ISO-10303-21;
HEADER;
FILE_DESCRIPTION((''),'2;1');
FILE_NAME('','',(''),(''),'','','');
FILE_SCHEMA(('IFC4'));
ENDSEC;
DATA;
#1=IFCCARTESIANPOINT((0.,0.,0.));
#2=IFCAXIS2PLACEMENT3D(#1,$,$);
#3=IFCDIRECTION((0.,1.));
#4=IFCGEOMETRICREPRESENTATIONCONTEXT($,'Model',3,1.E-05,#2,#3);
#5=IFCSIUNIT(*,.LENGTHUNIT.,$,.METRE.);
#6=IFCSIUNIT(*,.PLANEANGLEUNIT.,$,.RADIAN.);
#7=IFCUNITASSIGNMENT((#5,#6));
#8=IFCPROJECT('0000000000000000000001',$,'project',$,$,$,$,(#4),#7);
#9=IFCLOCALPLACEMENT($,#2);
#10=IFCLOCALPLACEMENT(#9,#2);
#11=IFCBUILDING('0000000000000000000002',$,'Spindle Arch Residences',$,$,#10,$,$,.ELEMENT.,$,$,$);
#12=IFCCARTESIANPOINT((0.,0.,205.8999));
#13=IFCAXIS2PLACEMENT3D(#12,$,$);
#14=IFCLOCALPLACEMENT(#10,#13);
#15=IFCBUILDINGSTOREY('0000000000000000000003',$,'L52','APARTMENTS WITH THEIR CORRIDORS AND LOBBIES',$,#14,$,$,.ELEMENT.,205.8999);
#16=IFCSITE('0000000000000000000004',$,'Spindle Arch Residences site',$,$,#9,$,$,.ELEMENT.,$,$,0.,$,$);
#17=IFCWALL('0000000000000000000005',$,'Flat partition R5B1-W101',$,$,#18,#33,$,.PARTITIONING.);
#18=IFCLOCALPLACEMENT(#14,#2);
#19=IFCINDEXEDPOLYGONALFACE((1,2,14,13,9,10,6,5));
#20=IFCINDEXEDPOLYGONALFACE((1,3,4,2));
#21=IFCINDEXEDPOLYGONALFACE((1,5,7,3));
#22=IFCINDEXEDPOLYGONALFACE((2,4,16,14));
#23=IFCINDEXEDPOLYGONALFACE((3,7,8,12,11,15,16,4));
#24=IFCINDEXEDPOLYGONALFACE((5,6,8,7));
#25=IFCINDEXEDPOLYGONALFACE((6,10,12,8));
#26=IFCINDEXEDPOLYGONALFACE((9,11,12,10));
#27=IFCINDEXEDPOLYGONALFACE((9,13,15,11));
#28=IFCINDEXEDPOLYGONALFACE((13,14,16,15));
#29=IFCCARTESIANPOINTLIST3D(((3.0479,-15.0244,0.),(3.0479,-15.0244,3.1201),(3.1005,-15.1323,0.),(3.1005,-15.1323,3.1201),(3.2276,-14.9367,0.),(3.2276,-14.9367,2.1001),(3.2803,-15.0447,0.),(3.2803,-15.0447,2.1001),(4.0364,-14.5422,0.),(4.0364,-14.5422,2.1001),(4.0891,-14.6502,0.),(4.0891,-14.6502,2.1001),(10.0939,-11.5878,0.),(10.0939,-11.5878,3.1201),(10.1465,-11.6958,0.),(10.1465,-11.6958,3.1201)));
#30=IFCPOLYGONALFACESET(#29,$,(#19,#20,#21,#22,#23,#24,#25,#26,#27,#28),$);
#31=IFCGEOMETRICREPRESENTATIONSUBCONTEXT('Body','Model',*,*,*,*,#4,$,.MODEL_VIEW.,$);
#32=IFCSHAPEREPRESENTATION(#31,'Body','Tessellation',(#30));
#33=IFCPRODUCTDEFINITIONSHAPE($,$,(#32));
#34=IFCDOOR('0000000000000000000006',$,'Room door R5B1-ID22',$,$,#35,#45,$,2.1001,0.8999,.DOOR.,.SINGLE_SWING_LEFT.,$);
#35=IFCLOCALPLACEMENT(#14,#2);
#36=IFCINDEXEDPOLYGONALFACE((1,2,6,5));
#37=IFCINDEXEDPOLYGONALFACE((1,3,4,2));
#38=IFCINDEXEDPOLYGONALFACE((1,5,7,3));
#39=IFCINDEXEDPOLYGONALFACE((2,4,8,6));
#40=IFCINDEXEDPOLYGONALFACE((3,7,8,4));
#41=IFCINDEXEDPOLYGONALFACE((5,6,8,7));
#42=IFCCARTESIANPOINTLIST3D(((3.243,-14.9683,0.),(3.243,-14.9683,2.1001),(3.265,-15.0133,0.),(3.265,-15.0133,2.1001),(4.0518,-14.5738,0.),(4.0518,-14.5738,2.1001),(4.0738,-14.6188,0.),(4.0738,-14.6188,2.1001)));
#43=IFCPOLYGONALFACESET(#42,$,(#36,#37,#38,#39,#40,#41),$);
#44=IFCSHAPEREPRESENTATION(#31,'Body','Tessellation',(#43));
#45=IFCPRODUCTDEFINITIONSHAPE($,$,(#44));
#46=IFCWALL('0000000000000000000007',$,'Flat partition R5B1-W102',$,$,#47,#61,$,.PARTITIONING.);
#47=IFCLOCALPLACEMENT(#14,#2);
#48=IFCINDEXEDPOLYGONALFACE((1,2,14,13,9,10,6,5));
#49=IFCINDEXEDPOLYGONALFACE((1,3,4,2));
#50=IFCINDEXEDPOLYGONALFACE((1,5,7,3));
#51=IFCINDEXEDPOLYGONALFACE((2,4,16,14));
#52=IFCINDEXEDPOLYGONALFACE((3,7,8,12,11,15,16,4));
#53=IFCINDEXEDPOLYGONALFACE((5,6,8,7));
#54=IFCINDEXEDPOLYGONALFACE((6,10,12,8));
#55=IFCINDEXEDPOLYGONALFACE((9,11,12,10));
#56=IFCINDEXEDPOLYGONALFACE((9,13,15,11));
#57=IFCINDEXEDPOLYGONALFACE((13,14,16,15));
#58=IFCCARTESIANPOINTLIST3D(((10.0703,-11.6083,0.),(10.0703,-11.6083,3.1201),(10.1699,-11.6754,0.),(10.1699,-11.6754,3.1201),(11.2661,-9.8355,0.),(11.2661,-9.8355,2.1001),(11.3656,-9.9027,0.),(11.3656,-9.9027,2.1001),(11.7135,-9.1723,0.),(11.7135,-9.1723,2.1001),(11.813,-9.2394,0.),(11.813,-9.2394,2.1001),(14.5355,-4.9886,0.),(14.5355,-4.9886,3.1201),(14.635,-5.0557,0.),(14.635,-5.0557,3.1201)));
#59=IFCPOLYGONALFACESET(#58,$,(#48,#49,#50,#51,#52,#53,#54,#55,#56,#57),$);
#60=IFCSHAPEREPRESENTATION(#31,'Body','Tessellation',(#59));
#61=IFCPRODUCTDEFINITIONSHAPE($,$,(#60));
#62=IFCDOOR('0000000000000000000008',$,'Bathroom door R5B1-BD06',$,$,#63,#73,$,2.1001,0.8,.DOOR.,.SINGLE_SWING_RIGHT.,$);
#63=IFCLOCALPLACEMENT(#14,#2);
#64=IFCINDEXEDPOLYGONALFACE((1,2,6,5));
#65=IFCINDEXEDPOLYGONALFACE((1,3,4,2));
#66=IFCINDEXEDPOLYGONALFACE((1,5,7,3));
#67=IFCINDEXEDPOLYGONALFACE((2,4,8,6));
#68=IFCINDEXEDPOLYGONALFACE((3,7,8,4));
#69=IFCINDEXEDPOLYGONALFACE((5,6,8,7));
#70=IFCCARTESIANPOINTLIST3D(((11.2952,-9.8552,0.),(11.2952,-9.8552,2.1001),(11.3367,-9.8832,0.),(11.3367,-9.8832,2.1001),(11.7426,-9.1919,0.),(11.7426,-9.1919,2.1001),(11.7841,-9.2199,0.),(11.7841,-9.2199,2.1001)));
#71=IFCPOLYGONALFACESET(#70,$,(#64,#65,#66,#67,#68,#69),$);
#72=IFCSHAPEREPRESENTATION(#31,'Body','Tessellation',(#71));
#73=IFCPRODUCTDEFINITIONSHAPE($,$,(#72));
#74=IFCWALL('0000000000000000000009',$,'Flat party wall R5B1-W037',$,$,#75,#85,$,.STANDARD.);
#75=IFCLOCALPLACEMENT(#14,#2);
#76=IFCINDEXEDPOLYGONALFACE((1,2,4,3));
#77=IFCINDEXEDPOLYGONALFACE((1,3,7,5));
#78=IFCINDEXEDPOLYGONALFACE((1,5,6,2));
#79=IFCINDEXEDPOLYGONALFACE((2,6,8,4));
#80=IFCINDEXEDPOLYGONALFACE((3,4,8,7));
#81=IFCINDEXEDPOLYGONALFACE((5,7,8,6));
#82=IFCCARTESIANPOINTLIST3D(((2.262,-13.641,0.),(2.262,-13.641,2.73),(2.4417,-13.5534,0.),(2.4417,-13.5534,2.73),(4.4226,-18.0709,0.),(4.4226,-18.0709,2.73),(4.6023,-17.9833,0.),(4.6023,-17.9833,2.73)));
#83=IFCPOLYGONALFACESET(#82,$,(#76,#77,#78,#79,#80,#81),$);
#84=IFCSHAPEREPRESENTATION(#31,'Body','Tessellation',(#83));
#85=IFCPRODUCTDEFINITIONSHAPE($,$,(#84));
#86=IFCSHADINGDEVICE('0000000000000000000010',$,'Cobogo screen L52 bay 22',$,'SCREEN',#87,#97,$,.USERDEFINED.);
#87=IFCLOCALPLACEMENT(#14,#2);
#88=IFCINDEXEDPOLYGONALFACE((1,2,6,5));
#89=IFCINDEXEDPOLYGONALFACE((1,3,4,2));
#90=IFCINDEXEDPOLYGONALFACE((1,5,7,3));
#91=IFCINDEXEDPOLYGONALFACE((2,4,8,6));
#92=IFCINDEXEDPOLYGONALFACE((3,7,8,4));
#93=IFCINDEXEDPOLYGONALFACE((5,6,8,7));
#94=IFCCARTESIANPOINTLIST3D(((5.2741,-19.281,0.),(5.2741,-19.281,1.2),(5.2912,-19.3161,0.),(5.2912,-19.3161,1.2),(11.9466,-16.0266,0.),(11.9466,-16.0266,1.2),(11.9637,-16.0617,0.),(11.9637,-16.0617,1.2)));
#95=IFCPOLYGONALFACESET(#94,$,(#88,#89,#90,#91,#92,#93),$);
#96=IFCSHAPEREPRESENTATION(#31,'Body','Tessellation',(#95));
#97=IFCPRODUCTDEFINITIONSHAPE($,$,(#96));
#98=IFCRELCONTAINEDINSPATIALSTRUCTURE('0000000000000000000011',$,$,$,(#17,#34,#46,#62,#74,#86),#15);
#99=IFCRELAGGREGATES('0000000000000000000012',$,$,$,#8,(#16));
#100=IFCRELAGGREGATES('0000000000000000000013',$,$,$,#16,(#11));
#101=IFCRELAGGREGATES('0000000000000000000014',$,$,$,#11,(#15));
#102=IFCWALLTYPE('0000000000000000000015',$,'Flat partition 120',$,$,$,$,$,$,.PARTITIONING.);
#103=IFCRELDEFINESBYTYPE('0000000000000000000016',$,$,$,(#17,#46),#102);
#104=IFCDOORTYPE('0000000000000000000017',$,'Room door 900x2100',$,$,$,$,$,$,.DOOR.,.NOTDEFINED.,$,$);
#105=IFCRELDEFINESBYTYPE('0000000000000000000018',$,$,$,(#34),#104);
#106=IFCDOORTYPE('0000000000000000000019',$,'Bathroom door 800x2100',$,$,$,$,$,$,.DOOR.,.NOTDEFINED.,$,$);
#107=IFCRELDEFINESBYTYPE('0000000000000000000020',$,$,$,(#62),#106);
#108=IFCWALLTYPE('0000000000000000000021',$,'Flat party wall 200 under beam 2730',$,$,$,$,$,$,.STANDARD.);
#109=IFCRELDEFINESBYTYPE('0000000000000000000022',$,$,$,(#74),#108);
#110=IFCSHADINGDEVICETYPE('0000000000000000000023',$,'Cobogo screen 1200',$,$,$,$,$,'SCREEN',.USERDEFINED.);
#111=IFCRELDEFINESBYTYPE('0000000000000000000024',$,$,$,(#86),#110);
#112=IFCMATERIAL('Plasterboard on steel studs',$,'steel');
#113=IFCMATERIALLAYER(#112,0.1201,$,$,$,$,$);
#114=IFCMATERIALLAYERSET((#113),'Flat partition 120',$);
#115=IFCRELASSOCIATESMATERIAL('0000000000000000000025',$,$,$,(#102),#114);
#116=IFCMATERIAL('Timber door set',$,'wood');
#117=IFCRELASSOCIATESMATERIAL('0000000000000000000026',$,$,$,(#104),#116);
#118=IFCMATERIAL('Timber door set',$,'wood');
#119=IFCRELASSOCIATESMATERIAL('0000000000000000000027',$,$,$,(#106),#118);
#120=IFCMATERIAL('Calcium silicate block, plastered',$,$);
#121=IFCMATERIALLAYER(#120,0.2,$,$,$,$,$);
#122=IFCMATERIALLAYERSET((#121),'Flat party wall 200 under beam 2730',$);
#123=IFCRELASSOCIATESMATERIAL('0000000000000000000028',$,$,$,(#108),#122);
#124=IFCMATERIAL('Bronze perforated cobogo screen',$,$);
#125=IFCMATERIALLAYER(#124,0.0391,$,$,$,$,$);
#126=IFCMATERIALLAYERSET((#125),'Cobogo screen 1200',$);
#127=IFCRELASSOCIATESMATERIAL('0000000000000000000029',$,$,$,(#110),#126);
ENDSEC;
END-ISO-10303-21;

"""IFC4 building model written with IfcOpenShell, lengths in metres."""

from ifc_helpers import new_model, si_unit, direction, frame, frame_2d, origin, origin_2d, place, context, subcontext, project, spatial, rectangle, extrude, material, layer, layer_set, type_object, element, fill, save


model = new_model("IFC4")

# Units and contexts
model_context = context("Model", 3, precision=1e-05, world=origin(), true_north=direction((0.0, 1.0)))
body_context = subcontext(model_context, "Body", "Model", "MODEL_VIEW")
ifc_project = project(units=[si_unit("LENGTHUNIT", "METRE"), si_unit("PLANEANGLEUNIT", "RADIAN")], contexts=[model_context])

# Site, building, storey
site_placement = place(None, origin())
site = spatial("IfcSite", under=ifc_project, at=site_placement, Name="Spindle Arch Residences site", CompositionType="ELEMENT", RefElevation=0.0)
building_placement = place(site_placement, origin())
building = spatial("IfcBuilding", under=site, at=building_placement, Name="Spindle Arch Residences", CompositionType="ELEMENT")
storey_placement = place(building_placement, frame((0.0, 0.0, 205.8999)))
storey = spatial("IfcBuildingStorey", under=building, at=storey_placement, Name="L52", Description="APARTMENTS WITH THEIR CORRIDORS AND LOBBIES", CompositionType="ELEMENT", Elevation=205.8999)

# Shared definitions
ifc_material_1 = material(Name="Plasterboard on steel studs", Category="steel")
ifc_layer_1 = layer(ifc_material_1, 0.1201)
ifc_layer_set_1 = layer_set([ifc_layer_1], Name="Flat partition 120")
wall_type_1 = type_object("IfcWallType", Name="Flat partition 120", PredefinedType="PARTITIONING", material=ifc_layer_set_1)

# Walls, openings, doors
wall_1_placement = place(storey_placement, frame((3.0742, -15.0784, 0.0), z_axis=(0.0, 0.0, 1.0), x_axis=(0.898794, 0.438372, 0.0)))
wall_1 = element("IfcWall", 1, at=wall_1_placement, inside=storey, type_object=wall_type_1, Name="Flat partition R5B1-W101", PredefinedType="PARTITIONING", context=body_context, shape_type="SweptSolid", body=[
    extrude(rectangle(XDim=7.8394, YDim=0.1201, at=frame_2d((3.9197, 0.0))), origin(), (0.0, 0.0, 1.0), 3.1201),
])
opening_1_placement = place(wall_1_placement, frame((0.2, 0.0, 0.0)))
opening_1 = element("IfcOpeningElement", 2, at=opening_1_placement, cuts=wall_1, PredefinedType="OPENING", context=body_context, shape_type="SweptSolid", body=[
    extrude(rectangle(XDim=0.8999, YDim=2.1001, at=frame_2d((0.45, 1.05))), frame((0.0, 0.0701, 0.0), z_axis=(0.0, -1.0, 0.0), x_axis=(1.0, 0.0, 0.0)), (0.0, 0.0, 1.0), 0.1401),
])
ifc_material_2 = material(Name="Timber door set", Category="wood")
door_type_1 = type_object("IfcDoorType", Name="Room door 900x2100", OperationType="NOTDEFINED", PredefinedType="DOOR", material=ifc_material_2)
door_1_placement = place(opening_1_placement, origin())
door_1 = element("IfcDoor", 3, at=door_1_placement, inside=storey, type_object=door_type_1, Name="Room door R5B1-ID22", OperationType="SINGLE_SWING_LEFT", OverallHeight=2.1001, OverallWidth=0.8999, PredefinedType="DOOR", context=body_context, shape_type="SweptSolid", body=[
    extrude(rectangle(XDim=0.8999, YDim=2.1001, at=frame_2d((0.45, 1.05))), frame((0.0, 0.0249, 0.0), z_axis=(0.0, -1.0, 0.0), x_axis=(1.0, 0.0, 0.0)), (0.0, 0.0, 1.0), 0.05),
])
fill(opening_1, door_1)
wall_2_placement = place(storey_placement, frame((10.1201, -11.6418, 0.0), z_axis=(0.0, 0.0, 1.0), x_axis=(0.559201, 0.829032, 0.0)))
wall_2 = element("IfcWall", 4, at=wall_2_placement, inside=storey, type_object=wall_type_1, Name="Flat partition R5B1-W102", PredefinedType="PARTITIONING", context=body_context, shape_type="SweptSolid", body=[
    extrude(rectangle(XDim=7.9849, YDim=0.1201, at=frame_2d((3.9924, 0.0))), origin(), (0.0, 0.0, 1.0), 3.1201),
])
opening_2_placement = place(wall_2_placement, frame((2.1384, 0.0, 0.0)))
opening_2 = element("IfcOpeningElement", 5, at=opening_2_placement, cuts=wall_2, PredefinedType="OPENING", context=body_context, shape_type="SweptSolid", body=[
    extrude(rectangle(XDim=0.8, YDim=2.1001, at=frame_2d((0.3999, 1.05))), frame((0.0, 0.0701, 0.0), z_axis=(0.0, -1.0, 0.0), x_axis=(1.0, 0.0, 0.0)), (0.0, 0.0, 1.0), 0.1401),
])
ifc_material_3 = material(Name="Timber door set", Category="wood")
door_type_2 = type_object("IfcDoorType", Name="Bathroom door 800x2100", OperationType="NOTDEFINED", PredefinedType="DOOR", material=ifc_material_3)
door_2_placement = place(opening_2_placement, origin())
door_2 = element("IfcDoor", 6, at=door_2_placement, inside=storey, type_object=door_type_2, Name="Bathroom door R5B1-BD06", OperationType="SINGLE_SWING_RIGHT", OverallHeight=2.1001, OverallWidth=0.8, PredefinedType="DOOR", context=body_context, shape_type="SweptSolid", body=[
    extrude(rectangle(XDim=0.8, YDim=2.1001, at=frame_2d((0.3999, 1.05))), frame((0.0, 0.0249, 0.0), z_axis=(0.0, -1.0, 0.0), x_axis=(1.0, 0.0, 0.0)), (0.0, 0.0, 1.0), 0.05),
])
fill(opening_2, door_2)

# Wall
ifc_material_4 = material(Name="Calcium silicate block, plastered")
ifc_layer_2 = layer(ifc_material_4, 0.2)
ifc_layer_set_2 = layer_set([ifc_layer_2], Name="Flat party wall 200 under beam 2730")
wall_type_2 = type_object("IfcWallType", Name="Flat party wall 200 under beam 2730", PredefinedType="STANDARD", material=ifc_layer_set_2)
wall_3_placement = place(storey_placement, frame((4.5125, -18.0271, 0.0), z_axis=(0.0, 0.0, 1.0), x_axis=(-0.438375, 0.898792, 0.0)))
element("IfcWall", 7, at=wall_3_placement, inside=storey, type_object=wall_type_2, Name="Flat party wall R5B1-W037", PredefinedType="STANDARD", context=body_context, shape_type="SweptSolid", body=[
    extrude(rectangle(XDim=4.9287, YDim=0.2, at=frame_2d((2.4644, 0.0))), origin(), (0.0, 0.0, 1.0), 2.73),
])

# Shading device
ifc_material_5 = material(Name="Bronze perforated cobogo screen")
ifc_layer_3 = layer(ifc_material_5, 0.0391)
ifc_layer_set_3 = layer_set([ifc_layer_3], Name="Cobogo screen 1200")
shading_device_type = type_object("IfcShadingDeviceType", Name="Cobogo screen 1200", ElementType="SCREEN", PredefinedType="USERDEFINED", material=ifc_layer_set_3)
shading_device_placement = place(storey_placement, frame((8.6189, -17.6714, 0.0), z_axis=(0.0, 0.0, 1.0), x_axis=(0.898794, 0.438371, 0.0)))
element("IfcShadingDevice", 8, at=shading_device_placement, inside=storey, type_object=shading_device_type, Name="Cobogo screen L52 bay 22", ObjectType="SCREEN", PredefinedType="USERDEFINED", context=body_context, shape_type="SweptSolid", body=[
    extrude(rectangle(XDim=7.4238, YDim=0.0391, at=origin_2d()), origin(), (0.0, 0.0, 1.0), 1.2),
])

save(model, "model.ifc")
